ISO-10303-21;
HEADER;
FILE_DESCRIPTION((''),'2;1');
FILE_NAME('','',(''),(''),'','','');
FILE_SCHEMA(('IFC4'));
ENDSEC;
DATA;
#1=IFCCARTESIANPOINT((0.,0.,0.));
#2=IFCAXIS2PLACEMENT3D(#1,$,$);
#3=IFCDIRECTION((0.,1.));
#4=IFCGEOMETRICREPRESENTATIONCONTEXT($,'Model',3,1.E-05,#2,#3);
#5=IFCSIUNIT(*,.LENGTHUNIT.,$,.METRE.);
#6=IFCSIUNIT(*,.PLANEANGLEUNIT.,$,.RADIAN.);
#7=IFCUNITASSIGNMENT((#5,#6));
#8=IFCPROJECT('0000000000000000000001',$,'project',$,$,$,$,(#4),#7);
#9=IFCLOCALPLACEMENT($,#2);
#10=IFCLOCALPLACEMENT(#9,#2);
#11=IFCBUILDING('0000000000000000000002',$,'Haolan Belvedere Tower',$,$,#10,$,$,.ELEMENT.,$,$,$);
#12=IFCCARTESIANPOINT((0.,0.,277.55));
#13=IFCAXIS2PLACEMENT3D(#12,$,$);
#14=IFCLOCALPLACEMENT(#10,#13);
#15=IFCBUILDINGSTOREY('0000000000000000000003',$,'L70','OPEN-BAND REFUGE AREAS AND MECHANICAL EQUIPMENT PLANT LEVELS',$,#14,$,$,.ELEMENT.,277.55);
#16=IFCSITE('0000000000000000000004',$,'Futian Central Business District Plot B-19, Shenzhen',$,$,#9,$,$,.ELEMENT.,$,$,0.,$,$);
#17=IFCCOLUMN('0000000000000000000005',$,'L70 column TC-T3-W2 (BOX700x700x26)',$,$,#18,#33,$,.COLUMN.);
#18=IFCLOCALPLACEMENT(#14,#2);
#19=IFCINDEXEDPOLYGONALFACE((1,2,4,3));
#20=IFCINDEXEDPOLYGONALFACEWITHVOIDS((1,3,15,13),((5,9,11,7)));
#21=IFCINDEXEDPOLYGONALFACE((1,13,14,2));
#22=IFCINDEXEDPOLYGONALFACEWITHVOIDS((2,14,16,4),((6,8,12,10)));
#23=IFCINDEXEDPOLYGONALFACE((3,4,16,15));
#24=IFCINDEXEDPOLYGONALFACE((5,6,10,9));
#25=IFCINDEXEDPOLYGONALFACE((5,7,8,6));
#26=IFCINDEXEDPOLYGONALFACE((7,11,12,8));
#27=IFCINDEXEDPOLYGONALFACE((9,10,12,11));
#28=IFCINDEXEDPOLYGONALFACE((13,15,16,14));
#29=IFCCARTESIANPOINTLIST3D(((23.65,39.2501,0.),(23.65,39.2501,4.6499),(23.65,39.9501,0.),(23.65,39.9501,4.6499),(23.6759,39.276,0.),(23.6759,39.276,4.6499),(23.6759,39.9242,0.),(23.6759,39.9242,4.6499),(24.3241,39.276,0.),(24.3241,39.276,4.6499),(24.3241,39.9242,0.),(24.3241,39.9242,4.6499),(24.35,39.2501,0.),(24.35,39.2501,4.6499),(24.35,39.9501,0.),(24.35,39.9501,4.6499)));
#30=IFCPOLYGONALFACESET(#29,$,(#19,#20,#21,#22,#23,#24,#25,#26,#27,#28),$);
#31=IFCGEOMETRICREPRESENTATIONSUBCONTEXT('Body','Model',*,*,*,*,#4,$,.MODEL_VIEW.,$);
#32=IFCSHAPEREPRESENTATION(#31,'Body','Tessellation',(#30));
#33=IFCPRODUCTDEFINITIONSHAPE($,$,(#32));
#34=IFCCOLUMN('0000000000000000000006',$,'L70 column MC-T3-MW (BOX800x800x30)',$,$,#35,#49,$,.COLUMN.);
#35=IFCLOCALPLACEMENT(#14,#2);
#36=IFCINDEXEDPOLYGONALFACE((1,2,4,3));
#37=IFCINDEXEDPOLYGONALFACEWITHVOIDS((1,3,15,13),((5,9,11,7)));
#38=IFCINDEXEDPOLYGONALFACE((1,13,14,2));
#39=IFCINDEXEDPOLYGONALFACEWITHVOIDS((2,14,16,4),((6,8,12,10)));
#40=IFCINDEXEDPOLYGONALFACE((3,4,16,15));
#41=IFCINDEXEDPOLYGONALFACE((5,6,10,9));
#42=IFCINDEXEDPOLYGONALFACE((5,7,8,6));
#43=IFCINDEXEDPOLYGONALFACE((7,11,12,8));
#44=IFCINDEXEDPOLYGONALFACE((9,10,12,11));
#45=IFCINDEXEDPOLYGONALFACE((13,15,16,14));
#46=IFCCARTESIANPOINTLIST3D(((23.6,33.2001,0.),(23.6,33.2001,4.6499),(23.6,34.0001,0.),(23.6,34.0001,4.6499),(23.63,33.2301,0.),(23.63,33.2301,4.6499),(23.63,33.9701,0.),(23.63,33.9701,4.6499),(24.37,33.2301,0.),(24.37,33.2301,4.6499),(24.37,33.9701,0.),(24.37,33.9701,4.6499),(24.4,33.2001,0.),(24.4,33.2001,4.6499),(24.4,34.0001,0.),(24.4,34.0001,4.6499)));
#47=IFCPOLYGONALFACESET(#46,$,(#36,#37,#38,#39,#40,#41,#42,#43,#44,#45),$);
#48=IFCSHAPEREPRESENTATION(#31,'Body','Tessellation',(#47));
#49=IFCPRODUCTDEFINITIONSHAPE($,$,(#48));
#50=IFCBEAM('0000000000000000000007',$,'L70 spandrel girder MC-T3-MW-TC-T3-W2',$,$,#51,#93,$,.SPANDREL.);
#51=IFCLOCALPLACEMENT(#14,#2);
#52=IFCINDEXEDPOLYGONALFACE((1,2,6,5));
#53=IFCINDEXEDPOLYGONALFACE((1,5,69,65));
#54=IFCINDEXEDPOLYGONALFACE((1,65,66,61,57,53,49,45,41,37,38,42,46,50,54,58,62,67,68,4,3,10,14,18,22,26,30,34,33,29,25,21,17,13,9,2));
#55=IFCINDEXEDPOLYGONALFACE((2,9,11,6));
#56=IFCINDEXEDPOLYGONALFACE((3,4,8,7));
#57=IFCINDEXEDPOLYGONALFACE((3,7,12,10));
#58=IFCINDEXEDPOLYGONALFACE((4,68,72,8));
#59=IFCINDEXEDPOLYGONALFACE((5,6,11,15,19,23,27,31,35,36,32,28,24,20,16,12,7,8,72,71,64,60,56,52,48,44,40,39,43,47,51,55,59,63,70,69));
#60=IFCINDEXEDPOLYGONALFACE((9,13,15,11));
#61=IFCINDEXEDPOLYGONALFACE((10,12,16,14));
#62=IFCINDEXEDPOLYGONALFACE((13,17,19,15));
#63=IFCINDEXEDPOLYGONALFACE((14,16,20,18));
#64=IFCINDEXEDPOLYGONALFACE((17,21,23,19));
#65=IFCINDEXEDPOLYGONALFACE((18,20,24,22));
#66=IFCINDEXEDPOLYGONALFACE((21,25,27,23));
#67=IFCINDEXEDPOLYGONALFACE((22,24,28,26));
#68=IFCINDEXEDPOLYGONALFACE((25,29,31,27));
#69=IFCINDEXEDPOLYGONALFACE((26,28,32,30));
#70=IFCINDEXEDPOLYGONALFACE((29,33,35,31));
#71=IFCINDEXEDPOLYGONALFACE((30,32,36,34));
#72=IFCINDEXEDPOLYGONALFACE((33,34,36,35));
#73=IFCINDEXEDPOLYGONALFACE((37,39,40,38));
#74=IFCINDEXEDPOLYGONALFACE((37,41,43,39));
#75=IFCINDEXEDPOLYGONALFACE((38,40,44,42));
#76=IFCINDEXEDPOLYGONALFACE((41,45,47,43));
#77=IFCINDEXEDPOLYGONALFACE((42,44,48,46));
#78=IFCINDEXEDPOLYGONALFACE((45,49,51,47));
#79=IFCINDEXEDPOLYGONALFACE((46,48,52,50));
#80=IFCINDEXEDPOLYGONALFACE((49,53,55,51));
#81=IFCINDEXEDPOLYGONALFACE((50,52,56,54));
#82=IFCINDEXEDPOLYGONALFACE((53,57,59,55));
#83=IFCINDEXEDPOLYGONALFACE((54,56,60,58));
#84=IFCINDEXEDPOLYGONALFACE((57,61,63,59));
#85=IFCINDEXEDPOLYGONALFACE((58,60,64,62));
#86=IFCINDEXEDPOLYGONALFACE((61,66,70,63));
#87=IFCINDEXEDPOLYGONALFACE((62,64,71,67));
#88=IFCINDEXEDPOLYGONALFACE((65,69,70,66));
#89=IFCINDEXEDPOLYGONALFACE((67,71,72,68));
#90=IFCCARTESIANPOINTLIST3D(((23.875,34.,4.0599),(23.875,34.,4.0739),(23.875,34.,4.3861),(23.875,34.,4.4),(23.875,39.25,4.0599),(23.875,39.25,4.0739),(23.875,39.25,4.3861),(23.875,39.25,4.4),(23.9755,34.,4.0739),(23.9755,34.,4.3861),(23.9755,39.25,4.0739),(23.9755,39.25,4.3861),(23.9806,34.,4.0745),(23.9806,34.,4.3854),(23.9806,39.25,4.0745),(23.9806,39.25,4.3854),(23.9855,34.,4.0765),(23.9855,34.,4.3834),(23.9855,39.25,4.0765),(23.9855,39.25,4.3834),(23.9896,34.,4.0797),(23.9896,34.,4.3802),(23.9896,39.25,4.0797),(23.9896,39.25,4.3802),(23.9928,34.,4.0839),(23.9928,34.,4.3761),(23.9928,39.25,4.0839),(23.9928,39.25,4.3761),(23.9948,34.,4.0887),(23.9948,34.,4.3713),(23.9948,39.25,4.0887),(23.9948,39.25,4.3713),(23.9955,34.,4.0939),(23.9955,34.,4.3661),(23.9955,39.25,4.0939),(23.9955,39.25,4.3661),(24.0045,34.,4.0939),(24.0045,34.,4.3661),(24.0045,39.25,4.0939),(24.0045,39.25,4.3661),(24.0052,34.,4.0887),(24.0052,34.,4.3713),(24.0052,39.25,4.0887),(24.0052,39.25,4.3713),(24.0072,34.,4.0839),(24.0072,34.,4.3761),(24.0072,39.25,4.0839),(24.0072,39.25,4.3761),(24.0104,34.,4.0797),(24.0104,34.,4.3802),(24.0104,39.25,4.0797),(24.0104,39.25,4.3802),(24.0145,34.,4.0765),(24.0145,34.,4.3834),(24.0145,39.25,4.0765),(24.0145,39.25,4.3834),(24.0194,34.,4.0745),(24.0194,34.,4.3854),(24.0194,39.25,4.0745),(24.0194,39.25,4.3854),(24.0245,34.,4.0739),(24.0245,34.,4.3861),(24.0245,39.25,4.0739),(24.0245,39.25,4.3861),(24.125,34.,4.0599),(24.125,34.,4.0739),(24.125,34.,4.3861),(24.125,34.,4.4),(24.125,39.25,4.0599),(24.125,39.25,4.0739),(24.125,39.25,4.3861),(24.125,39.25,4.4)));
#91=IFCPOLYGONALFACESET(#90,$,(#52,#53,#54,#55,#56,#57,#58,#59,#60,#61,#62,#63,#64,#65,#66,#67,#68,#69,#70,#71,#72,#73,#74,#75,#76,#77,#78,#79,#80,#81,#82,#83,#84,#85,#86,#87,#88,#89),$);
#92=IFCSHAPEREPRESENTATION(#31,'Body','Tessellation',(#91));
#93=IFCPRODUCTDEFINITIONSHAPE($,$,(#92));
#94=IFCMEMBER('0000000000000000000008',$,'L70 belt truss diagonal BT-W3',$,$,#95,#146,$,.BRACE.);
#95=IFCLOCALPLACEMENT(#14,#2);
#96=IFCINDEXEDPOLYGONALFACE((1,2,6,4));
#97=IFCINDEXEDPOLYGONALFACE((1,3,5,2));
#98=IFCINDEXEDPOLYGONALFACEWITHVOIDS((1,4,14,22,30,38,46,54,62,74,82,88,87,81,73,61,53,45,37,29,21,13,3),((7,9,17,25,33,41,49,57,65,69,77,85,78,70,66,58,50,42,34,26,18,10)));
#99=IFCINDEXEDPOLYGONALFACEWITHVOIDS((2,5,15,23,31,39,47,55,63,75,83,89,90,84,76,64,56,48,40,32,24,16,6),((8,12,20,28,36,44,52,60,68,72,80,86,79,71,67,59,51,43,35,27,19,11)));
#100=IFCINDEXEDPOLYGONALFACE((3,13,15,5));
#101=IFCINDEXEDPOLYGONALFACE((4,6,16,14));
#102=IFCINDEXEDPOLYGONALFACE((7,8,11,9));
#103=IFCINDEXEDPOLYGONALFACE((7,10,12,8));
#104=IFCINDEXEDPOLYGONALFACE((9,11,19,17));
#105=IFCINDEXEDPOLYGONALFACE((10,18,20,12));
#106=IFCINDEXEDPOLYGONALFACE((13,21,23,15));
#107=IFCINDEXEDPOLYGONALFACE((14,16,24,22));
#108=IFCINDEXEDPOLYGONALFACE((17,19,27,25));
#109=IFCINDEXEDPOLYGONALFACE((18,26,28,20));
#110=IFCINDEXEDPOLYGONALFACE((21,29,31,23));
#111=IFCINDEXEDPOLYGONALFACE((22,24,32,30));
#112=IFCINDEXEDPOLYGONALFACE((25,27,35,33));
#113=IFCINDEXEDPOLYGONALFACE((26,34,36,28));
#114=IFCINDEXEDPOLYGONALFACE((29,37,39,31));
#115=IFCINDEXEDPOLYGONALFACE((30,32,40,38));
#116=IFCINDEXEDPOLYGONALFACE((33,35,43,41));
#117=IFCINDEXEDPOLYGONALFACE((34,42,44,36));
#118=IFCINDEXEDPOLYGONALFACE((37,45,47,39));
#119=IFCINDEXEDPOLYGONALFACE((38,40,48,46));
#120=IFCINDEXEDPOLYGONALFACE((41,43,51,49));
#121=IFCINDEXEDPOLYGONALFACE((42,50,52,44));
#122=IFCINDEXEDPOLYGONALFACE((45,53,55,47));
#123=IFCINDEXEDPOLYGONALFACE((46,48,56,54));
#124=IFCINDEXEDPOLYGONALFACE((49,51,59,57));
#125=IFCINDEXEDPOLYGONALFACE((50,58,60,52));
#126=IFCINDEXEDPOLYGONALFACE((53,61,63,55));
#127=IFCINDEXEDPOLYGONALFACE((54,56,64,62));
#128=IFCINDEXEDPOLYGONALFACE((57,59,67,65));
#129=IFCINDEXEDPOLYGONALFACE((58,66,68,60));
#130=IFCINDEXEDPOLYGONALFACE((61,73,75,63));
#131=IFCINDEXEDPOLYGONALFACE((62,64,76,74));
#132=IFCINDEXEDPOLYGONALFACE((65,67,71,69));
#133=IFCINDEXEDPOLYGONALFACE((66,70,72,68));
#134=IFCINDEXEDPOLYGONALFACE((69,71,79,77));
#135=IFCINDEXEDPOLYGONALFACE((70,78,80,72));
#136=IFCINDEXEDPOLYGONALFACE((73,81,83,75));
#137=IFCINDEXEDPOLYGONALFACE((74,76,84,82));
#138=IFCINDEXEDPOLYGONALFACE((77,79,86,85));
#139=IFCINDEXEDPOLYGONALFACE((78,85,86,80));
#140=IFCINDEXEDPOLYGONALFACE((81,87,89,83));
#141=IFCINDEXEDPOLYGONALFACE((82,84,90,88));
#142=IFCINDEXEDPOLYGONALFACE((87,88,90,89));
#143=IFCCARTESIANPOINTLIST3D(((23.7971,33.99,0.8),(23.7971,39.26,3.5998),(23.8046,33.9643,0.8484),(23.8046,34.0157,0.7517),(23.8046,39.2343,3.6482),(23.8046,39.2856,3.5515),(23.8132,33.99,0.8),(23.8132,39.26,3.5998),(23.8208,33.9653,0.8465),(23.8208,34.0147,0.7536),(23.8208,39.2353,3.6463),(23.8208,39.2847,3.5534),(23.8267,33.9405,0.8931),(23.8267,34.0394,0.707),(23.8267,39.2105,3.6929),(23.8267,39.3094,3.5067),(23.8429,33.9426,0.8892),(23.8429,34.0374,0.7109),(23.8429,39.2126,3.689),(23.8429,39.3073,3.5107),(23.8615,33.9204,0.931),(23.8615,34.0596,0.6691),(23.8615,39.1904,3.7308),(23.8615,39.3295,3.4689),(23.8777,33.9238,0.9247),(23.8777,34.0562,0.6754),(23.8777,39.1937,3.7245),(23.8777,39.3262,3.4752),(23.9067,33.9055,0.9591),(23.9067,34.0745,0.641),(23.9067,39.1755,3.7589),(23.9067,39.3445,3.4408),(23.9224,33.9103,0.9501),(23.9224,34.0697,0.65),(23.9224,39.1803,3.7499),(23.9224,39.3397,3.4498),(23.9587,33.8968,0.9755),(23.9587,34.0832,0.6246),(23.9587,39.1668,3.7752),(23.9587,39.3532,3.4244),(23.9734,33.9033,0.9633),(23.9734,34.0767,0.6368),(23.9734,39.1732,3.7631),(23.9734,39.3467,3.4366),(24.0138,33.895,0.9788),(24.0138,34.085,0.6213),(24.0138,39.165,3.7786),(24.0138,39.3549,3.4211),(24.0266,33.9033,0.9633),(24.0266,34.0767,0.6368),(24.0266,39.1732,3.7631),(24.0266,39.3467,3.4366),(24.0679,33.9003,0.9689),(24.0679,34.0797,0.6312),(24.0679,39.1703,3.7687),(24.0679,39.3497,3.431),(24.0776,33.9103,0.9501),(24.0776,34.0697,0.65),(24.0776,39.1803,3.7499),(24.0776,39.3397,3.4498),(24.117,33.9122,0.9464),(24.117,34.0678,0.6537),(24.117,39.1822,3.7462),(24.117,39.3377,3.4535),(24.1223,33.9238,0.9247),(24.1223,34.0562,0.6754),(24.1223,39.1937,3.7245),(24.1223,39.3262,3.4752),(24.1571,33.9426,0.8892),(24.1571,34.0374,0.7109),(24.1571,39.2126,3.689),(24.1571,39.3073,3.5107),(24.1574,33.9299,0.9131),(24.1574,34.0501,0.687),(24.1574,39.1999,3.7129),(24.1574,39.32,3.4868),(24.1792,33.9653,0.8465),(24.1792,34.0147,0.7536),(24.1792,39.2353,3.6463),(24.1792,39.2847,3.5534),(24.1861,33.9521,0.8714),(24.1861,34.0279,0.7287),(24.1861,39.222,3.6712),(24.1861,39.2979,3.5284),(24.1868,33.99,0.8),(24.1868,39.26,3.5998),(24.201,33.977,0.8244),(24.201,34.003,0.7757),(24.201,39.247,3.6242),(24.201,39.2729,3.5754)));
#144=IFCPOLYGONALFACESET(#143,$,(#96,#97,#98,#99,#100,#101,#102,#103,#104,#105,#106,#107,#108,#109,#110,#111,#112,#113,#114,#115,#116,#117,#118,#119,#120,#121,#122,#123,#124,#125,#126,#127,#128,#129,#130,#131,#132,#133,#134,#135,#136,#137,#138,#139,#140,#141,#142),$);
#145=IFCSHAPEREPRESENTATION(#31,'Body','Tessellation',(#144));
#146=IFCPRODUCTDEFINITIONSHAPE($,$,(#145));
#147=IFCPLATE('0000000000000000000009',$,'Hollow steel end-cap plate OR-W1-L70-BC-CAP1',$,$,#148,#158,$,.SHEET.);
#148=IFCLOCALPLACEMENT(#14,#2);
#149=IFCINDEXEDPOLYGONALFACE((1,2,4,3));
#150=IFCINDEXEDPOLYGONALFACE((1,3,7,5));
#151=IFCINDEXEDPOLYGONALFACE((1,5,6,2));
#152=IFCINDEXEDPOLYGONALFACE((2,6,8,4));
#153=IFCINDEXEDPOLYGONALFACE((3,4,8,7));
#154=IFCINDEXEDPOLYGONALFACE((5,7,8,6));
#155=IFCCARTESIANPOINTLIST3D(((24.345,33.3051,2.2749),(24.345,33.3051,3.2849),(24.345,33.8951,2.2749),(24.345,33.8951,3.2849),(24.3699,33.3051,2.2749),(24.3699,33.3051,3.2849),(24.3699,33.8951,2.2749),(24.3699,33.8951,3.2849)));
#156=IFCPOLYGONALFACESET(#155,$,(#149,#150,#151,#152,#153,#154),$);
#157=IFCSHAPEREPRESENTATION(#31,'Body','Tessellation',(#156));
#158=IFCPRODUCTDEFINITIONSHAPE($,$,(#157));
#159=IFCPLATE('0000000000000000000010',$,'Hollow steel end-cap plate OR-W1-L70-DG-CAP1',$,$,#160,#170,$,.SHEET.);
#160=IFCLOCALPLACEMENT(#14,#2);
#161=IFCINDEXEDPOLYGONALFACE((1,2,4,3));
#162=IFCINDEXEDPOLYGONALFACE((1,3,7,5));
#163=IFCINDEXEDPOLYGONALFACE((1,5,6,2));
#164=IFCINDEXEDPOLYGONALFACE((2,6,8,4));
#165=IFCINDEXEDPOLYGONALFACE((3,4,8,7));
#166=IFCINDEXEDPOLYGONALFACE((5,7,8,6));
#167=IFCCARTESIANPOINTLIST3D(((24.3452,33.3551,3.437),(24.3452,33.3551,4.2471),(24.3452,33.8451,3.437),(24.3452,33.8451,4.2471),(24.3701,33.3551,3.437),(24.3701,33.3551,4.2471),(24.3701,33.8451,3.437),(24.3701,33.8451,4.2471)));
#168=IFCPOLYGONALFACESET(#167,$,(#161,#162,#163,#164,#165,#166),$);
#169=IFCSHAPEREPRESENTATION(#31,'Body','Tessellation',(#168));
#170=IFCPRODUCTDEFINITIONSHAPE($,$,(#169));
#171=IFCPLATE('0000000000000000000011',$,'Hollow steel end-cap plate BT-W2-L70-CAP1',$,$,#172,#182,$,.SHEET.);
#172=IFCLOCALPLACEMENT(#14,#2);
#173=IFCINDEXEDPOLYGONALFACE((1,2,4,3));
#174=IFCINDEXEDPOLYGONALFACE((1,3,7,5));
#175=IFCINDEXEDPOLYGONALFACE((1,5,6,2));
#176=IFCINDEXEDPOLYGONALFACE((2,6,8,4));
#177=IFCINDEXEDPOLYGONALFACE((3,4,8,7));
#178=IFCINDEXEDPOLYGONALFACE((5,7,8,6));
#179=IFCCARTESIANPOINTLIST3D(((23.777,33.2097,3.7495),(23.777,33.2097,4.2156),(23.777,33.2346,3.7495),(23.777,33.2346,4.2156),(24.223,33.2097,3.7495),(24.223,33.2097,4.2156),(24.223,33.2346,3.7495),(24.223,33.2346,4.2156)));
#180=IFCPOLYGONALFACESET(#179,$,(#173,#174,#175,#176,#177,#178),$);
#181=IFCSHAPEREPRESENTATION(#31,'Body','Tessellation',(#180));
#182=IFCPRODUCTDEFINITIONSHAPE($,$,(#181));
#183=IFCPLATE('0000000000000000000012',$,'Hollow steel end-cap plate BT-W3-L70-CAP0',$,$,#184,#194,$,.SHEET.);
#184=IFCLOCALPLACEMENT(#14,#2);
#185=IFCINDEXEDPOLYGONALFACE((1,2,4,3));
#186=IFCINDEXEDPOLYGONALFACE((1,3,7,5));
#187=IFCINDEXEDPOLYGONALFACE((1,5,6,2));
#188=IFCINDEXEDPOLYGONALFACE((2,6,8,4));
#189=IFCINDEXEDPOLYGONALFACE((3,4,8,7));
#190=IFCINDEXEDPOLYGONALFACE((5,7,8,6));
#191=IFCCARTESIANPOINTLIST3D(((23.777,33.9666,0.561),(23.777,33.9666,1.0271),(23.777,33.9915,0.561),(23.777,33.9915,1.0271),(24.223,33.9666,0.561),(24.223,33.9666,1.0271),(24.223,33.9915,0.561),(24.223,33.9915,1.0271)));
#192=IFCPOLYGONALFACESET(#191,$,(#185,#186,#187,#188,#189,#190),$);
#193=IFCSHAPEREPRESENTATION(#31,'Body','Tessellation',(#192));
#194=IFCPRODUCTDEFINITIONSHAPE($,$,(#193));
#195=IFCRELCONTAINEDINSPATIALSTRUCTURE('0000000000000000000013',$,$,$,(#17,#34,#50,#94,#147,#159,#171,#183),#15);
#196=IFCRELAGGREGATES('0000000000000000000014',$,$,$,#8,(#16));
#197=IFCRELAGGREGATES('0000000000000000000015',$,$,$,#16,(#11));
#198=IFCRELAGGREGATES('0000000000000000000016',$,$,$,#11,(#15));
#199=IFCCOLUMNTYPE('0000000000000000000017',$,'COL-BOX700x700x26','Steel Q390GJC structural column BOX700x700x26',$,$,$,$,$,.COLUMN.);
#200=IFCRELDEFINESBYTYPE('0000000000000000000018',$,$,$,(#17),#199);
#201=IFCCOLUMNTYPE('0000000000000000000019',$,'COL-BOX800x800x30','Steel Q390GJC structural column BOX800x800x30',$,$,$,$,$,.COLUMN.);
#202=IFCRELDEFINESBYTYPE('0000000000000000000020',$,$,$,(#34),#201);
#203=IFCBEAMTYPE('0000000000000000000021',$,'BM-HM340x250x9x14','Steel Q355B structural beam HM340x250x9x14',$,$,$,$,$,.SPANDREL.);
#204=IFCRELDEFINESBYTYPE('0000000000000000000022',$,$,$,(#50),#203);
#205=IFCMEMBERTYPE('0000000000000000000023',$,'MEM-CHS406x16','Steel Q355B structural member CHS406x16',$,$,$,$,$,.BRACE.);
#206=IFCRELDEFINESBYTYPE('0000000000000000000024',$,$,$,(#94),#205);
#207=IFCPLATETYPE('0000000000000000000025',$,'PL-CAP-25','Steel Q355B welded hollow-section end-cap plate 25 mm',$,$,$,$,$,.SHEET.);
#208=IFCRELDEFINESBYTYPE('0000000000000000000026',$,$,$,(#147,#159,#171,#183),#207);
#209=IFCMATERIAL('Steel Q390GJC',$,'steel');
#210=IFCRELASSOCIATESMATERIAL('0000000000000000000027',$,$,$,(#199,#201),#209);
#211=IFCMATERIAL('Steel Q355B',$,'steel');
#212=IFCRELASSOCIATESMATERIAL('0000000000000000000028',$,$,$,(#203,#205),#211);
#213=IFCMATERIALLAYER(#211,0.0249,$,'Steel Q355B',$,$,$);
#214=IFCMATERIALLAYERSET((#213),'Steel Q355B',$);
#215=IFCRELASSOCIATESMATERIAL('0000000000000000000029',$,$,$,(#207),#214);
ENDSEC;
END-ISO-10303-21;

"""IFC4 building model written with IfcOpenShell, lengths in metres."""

from ifc_helpers import new_model, si_unit, direction, frame, origin, origin_2d, place, context, subcontext, project, spatial, rectangle, hollow_rectangle, hollow_circle, i_section, extrude, material, layer, layer_set, material_profile, profile_set, type_object, element, save


model = new_model("IFC4")

# Units and contexts
model_context = context("Model", 3, precision=1e-05, world=origin(), true_north=direction((0.0, 1.0)))
body_context = subcontext(model_context, "Body", "Model", "MODEL_VIEW")
ifc_project = project(units=[si_unit("LENGTHUNIT", "METRE"), si_unit("PLANEANGLEUNIT", "RADIAN")], contexts=[model_context])

# Site, building, storey
site_placement = place(None, origin())
site = spatial("IfcSite", under=ifc_project, at=site_placement, Name="Futian Central Business District Plot B-19, Shenzhen", CompositionType="ELEMENT", RefElevation=0.0)
building_placement = place(site_placement, origin())
building = spatial("IfcBuilding", under=site, at=building_placement, Name="Haolan Belvedere Tower", CompositionType="ELEMENT")
storey_placement = place(building_placement, frame((0.0, 0.0, 277.55)))
storey = spatial("IfcBuildingStorey", under=building, at=storey_placement, Name="L70", Description="OPEN-BAND REFUGE AREAS AND MECHANICAL EQUIPMENT PLANT LEVELS", CompositionType="ELEMENT", Elevation=277.55)

# Columns
ifc_material_1 = material(Name="Steel Q390GJC", Category="steel")
ifc_material_profile_1 = material_profile(ifc_material_1, hollow_rectangle(XDim=0.7, YDim=0.7, WallThickness=0.0259, at=origin_2d()), Name="Steel Q390GJC")
ifc_profile_set_1 = profile_set([ifc_material_profile_1], Name="Steel Q390GJC")
column_type_1 = type_object("IfcColumnType", Name="COL-BOX700x700x26", Description="Steel Q390GJC structural column BOX700x700x26", PredefinedType="COLUMN", material=ifc_profile_set_1)
column_1_placement = place(storey_placement, frame((24.0, 39.6001, 0.0), z_axis=(0.0, 0.0, 1.0), x_axis=(1.0, 0.0, 0.0)))
element("IfcColumn", 1, at=column_1_placement, inside=storey, type_object=column_type_1, Name="L70 column TC-T3-W2 (BOX700x700x26)", PredefinedType="COLUMN", context=body_context, shape_type="SweptSolid", body=[
    extrude(hollow_rectangle(XDim=0.7, YDim=0.7, WallThickness=0.0259, at=origin_2d()), origin(), (0.0, 0.0, 1.0), 4.6499),
])
ifc_material_profile_2 = material_profile(ifc_material_1, hollow_rectangle(XDim=0.8, YDim=0.8, WallThickness=0.03, at=origin_2d()), Name="Steel Q390GJC")
ifc_profile_set_2 = profile_set([ifc_material_profile_2], Name="Steel Q390GJC")
column_type_2 = type_object("IfcColumnType", Name="COL-BOX800x800x30", Description="Steel Q390GJC structural column BOX800x800x30", PredefinedType="COLUMN", material=ifc_profile_set_2)
column_2_placement = place(storey_placement, frame((24.0, 33.6001, 0.0), z_axis=(0.0, 0.0, 1.0), x_axis=(1.0, 0.0, 0.0)))
element("IfcColumn", 2, at=column_2_placement, inside=storey, type_object=column_type_2, Name="L70 column MC-T3-MW (BOX800x800x30)", PredefinedType="COLUMN", context=body_context, shape_type="SweptSolid", body=[
    extrude(hollow_rectangle(XDim=0.8, YDim=0.8, WallThickness=0.03, at=origin_2d()), origin(), (0.0, 0.0, 1.0), 4.6499),
])

# Beam
ifc_material_2 = material(Name="Steel Q355B", Category="steel")
ifc_material_profile_3 = material_profile(ifc_material_2, i_section(OverallWidth=0.25, OverallDepth=0.3401, WebThickness=0.009, FlangeThickness=0.0139, FilletRadius=0.02, at=origin_2d()), Name="Steel Q355B")
ifc_profile_set_3 = profile_set([ifc_material_profile_3], Name="Steel Q355B")
beam_type = type_object("IfcBeamType", Name="BM-HM340x250x9x14", Description="Steel Q355B structural beam HM340x250x9x14", PredefinedType="SPANDREL", material=ifc_profile_set_3)
beam_placement = place(storey_placement, frame((24.0, 34.0, 4.23), z_axis=(0.0, 1.0, 0.0), x_axis=(-1.0, 0.0, 0.0)))
element("IfcBeam", 3, at=beam_placement, inside=storey, type_object=beam_type, Name="L70 spandrel girder MC-T3-MW-TC-T3-W2", PredefinedType="SPANDREL", context=body_context, shape_type="SweptSolid", body=[
    extrude(i_section(OverallWidth=0.25, OverallDepth=0.3401, WebThickness=0.009, FlangeThickness=0.0139, FilletRadius=0.02, at=origin_2d()), origin(), (0.0, 0.0, 1.0), 5.25),
])

# Member
ifc_material_profile_4 = material_profile(ifc_material_2, hollow_circle(Radius=0.2029, WallThickness=0.0161, at=origin_2d()), Name="Steel Q355B")
ifc_profile_set_4 = profile_set([ifc_material_profile_4], Name="Steel Q355B")
member_type = type_object("IfcMemberType", Name="MEM-CHS406x16", Description="Steel Q355B structural member CHS406x16", PredefinedType="BRACE", material=ifc_profile_set_4)
member_placement = place(storey_placement, frame((24.0, 33.99, 0.8), z_axis=(0.0, 0.883108, 0.469169), x_axis=(-1.0, 0.0, 0.0)))
element("IfcMember", 4, at=member_placement, inside=storey, type_object=member_type, Name="L70 belt truss diagonal BT-W3", PredefinedType="BRACE", context=body_context, shape_type="SweptSolid", body=[
    extrude(hollow_circle(Radius=0.2029, WallThickness=0.0161, at=origin_2d()), origin(), (0.0, 0.0, 1.0), 5.9675),
])

# Plates
ifc_layer_1 = layer(ifc_material_2, 0.0249, Name="Steel Q355B")
ifc_layer_set_1 = layer_set([ifc_layer_1], Name="Steel Q355B")
plate_type_1 = type_object("IfcPlateType", Name="PL-CAP-25", Description="Steel Q355B welded hollow-section end-cap plate 25 mm", PredefinedType="SHEET", material=ifc_layer_set_1)
plate_1_placement = place(storey_placement, frame((24.3574, 33.6001, 2.2749), z_axis=(0.0, 0.0, 1.0), x_axis=(0.0, -1.0, 0.0)))
element("IfcPlate", 5, at=plate_1_placement, inside=storey, type_object=plate_type_1, Name="Hollow steel end-cap plate OR-W1-L70-BC-CAP1", PredefinedType="SHEET", context=body_context, shape_type="SweptSolid", body=[
    extrude(rectangle(XDim=0.5901, YDim=0.0249, at=origin_2d()), origin(), (0.0, 0.0, 1.0), 1.01),
])
plate_2_placement = place(storey_placement, frame((24.3577, 33.6001, 3.437), z_axis=(0.0, 0.0, 1.0), x_axis=(0.0, -1.0, 0.0)))
element("IfcPlate", 6, at=plate_2_placement, inside=storey, type_object=plate_type_1, Name="Hollow steel end-cap plate OR-W1-L70-DG-CAP1", PredefinedType="SHEET", context=body_context, shape_type="SweptSolid", body=[
    extrude(rectangle(XDim=0.49, YDim=0.0249, at=origin_2d()), origin(), (0.0, 0.0, 1.0), 0.8101),
])
for number, where, z_axis, x_axis, name in (
    (7, (24.0, 33.2222, 3.7495), (0.0, 0.0, 1.0), (-1.0, 0.0, 0.0), "Hollow steel end-cap plate BT-W2-L70-CAP1"),
    (8, (24.0, 33.979, 0.561), (0.0, 0.0, 1.0), (1.0, 0.0, 0.0), "Hollow steel end-cap plate BT-W3-L70-CAP0"),
):
    element("IfcPlate", number, at=place(storey_placement, frame(where, z_axis=z_axis, x_axis=x_axis)), inside=storey, type_object=plate_type_1, Name=name, PredefinedType="SHEET", context=body_context, shape_type="SweptSolid", body=[
        extrude(rectangle(XDim=0.446, YDim=0.0249, at=origin_2d()), origin(), (0.0, 0.0, 1.0), 0.4661),
    ])

save(model, "model.ifc")
